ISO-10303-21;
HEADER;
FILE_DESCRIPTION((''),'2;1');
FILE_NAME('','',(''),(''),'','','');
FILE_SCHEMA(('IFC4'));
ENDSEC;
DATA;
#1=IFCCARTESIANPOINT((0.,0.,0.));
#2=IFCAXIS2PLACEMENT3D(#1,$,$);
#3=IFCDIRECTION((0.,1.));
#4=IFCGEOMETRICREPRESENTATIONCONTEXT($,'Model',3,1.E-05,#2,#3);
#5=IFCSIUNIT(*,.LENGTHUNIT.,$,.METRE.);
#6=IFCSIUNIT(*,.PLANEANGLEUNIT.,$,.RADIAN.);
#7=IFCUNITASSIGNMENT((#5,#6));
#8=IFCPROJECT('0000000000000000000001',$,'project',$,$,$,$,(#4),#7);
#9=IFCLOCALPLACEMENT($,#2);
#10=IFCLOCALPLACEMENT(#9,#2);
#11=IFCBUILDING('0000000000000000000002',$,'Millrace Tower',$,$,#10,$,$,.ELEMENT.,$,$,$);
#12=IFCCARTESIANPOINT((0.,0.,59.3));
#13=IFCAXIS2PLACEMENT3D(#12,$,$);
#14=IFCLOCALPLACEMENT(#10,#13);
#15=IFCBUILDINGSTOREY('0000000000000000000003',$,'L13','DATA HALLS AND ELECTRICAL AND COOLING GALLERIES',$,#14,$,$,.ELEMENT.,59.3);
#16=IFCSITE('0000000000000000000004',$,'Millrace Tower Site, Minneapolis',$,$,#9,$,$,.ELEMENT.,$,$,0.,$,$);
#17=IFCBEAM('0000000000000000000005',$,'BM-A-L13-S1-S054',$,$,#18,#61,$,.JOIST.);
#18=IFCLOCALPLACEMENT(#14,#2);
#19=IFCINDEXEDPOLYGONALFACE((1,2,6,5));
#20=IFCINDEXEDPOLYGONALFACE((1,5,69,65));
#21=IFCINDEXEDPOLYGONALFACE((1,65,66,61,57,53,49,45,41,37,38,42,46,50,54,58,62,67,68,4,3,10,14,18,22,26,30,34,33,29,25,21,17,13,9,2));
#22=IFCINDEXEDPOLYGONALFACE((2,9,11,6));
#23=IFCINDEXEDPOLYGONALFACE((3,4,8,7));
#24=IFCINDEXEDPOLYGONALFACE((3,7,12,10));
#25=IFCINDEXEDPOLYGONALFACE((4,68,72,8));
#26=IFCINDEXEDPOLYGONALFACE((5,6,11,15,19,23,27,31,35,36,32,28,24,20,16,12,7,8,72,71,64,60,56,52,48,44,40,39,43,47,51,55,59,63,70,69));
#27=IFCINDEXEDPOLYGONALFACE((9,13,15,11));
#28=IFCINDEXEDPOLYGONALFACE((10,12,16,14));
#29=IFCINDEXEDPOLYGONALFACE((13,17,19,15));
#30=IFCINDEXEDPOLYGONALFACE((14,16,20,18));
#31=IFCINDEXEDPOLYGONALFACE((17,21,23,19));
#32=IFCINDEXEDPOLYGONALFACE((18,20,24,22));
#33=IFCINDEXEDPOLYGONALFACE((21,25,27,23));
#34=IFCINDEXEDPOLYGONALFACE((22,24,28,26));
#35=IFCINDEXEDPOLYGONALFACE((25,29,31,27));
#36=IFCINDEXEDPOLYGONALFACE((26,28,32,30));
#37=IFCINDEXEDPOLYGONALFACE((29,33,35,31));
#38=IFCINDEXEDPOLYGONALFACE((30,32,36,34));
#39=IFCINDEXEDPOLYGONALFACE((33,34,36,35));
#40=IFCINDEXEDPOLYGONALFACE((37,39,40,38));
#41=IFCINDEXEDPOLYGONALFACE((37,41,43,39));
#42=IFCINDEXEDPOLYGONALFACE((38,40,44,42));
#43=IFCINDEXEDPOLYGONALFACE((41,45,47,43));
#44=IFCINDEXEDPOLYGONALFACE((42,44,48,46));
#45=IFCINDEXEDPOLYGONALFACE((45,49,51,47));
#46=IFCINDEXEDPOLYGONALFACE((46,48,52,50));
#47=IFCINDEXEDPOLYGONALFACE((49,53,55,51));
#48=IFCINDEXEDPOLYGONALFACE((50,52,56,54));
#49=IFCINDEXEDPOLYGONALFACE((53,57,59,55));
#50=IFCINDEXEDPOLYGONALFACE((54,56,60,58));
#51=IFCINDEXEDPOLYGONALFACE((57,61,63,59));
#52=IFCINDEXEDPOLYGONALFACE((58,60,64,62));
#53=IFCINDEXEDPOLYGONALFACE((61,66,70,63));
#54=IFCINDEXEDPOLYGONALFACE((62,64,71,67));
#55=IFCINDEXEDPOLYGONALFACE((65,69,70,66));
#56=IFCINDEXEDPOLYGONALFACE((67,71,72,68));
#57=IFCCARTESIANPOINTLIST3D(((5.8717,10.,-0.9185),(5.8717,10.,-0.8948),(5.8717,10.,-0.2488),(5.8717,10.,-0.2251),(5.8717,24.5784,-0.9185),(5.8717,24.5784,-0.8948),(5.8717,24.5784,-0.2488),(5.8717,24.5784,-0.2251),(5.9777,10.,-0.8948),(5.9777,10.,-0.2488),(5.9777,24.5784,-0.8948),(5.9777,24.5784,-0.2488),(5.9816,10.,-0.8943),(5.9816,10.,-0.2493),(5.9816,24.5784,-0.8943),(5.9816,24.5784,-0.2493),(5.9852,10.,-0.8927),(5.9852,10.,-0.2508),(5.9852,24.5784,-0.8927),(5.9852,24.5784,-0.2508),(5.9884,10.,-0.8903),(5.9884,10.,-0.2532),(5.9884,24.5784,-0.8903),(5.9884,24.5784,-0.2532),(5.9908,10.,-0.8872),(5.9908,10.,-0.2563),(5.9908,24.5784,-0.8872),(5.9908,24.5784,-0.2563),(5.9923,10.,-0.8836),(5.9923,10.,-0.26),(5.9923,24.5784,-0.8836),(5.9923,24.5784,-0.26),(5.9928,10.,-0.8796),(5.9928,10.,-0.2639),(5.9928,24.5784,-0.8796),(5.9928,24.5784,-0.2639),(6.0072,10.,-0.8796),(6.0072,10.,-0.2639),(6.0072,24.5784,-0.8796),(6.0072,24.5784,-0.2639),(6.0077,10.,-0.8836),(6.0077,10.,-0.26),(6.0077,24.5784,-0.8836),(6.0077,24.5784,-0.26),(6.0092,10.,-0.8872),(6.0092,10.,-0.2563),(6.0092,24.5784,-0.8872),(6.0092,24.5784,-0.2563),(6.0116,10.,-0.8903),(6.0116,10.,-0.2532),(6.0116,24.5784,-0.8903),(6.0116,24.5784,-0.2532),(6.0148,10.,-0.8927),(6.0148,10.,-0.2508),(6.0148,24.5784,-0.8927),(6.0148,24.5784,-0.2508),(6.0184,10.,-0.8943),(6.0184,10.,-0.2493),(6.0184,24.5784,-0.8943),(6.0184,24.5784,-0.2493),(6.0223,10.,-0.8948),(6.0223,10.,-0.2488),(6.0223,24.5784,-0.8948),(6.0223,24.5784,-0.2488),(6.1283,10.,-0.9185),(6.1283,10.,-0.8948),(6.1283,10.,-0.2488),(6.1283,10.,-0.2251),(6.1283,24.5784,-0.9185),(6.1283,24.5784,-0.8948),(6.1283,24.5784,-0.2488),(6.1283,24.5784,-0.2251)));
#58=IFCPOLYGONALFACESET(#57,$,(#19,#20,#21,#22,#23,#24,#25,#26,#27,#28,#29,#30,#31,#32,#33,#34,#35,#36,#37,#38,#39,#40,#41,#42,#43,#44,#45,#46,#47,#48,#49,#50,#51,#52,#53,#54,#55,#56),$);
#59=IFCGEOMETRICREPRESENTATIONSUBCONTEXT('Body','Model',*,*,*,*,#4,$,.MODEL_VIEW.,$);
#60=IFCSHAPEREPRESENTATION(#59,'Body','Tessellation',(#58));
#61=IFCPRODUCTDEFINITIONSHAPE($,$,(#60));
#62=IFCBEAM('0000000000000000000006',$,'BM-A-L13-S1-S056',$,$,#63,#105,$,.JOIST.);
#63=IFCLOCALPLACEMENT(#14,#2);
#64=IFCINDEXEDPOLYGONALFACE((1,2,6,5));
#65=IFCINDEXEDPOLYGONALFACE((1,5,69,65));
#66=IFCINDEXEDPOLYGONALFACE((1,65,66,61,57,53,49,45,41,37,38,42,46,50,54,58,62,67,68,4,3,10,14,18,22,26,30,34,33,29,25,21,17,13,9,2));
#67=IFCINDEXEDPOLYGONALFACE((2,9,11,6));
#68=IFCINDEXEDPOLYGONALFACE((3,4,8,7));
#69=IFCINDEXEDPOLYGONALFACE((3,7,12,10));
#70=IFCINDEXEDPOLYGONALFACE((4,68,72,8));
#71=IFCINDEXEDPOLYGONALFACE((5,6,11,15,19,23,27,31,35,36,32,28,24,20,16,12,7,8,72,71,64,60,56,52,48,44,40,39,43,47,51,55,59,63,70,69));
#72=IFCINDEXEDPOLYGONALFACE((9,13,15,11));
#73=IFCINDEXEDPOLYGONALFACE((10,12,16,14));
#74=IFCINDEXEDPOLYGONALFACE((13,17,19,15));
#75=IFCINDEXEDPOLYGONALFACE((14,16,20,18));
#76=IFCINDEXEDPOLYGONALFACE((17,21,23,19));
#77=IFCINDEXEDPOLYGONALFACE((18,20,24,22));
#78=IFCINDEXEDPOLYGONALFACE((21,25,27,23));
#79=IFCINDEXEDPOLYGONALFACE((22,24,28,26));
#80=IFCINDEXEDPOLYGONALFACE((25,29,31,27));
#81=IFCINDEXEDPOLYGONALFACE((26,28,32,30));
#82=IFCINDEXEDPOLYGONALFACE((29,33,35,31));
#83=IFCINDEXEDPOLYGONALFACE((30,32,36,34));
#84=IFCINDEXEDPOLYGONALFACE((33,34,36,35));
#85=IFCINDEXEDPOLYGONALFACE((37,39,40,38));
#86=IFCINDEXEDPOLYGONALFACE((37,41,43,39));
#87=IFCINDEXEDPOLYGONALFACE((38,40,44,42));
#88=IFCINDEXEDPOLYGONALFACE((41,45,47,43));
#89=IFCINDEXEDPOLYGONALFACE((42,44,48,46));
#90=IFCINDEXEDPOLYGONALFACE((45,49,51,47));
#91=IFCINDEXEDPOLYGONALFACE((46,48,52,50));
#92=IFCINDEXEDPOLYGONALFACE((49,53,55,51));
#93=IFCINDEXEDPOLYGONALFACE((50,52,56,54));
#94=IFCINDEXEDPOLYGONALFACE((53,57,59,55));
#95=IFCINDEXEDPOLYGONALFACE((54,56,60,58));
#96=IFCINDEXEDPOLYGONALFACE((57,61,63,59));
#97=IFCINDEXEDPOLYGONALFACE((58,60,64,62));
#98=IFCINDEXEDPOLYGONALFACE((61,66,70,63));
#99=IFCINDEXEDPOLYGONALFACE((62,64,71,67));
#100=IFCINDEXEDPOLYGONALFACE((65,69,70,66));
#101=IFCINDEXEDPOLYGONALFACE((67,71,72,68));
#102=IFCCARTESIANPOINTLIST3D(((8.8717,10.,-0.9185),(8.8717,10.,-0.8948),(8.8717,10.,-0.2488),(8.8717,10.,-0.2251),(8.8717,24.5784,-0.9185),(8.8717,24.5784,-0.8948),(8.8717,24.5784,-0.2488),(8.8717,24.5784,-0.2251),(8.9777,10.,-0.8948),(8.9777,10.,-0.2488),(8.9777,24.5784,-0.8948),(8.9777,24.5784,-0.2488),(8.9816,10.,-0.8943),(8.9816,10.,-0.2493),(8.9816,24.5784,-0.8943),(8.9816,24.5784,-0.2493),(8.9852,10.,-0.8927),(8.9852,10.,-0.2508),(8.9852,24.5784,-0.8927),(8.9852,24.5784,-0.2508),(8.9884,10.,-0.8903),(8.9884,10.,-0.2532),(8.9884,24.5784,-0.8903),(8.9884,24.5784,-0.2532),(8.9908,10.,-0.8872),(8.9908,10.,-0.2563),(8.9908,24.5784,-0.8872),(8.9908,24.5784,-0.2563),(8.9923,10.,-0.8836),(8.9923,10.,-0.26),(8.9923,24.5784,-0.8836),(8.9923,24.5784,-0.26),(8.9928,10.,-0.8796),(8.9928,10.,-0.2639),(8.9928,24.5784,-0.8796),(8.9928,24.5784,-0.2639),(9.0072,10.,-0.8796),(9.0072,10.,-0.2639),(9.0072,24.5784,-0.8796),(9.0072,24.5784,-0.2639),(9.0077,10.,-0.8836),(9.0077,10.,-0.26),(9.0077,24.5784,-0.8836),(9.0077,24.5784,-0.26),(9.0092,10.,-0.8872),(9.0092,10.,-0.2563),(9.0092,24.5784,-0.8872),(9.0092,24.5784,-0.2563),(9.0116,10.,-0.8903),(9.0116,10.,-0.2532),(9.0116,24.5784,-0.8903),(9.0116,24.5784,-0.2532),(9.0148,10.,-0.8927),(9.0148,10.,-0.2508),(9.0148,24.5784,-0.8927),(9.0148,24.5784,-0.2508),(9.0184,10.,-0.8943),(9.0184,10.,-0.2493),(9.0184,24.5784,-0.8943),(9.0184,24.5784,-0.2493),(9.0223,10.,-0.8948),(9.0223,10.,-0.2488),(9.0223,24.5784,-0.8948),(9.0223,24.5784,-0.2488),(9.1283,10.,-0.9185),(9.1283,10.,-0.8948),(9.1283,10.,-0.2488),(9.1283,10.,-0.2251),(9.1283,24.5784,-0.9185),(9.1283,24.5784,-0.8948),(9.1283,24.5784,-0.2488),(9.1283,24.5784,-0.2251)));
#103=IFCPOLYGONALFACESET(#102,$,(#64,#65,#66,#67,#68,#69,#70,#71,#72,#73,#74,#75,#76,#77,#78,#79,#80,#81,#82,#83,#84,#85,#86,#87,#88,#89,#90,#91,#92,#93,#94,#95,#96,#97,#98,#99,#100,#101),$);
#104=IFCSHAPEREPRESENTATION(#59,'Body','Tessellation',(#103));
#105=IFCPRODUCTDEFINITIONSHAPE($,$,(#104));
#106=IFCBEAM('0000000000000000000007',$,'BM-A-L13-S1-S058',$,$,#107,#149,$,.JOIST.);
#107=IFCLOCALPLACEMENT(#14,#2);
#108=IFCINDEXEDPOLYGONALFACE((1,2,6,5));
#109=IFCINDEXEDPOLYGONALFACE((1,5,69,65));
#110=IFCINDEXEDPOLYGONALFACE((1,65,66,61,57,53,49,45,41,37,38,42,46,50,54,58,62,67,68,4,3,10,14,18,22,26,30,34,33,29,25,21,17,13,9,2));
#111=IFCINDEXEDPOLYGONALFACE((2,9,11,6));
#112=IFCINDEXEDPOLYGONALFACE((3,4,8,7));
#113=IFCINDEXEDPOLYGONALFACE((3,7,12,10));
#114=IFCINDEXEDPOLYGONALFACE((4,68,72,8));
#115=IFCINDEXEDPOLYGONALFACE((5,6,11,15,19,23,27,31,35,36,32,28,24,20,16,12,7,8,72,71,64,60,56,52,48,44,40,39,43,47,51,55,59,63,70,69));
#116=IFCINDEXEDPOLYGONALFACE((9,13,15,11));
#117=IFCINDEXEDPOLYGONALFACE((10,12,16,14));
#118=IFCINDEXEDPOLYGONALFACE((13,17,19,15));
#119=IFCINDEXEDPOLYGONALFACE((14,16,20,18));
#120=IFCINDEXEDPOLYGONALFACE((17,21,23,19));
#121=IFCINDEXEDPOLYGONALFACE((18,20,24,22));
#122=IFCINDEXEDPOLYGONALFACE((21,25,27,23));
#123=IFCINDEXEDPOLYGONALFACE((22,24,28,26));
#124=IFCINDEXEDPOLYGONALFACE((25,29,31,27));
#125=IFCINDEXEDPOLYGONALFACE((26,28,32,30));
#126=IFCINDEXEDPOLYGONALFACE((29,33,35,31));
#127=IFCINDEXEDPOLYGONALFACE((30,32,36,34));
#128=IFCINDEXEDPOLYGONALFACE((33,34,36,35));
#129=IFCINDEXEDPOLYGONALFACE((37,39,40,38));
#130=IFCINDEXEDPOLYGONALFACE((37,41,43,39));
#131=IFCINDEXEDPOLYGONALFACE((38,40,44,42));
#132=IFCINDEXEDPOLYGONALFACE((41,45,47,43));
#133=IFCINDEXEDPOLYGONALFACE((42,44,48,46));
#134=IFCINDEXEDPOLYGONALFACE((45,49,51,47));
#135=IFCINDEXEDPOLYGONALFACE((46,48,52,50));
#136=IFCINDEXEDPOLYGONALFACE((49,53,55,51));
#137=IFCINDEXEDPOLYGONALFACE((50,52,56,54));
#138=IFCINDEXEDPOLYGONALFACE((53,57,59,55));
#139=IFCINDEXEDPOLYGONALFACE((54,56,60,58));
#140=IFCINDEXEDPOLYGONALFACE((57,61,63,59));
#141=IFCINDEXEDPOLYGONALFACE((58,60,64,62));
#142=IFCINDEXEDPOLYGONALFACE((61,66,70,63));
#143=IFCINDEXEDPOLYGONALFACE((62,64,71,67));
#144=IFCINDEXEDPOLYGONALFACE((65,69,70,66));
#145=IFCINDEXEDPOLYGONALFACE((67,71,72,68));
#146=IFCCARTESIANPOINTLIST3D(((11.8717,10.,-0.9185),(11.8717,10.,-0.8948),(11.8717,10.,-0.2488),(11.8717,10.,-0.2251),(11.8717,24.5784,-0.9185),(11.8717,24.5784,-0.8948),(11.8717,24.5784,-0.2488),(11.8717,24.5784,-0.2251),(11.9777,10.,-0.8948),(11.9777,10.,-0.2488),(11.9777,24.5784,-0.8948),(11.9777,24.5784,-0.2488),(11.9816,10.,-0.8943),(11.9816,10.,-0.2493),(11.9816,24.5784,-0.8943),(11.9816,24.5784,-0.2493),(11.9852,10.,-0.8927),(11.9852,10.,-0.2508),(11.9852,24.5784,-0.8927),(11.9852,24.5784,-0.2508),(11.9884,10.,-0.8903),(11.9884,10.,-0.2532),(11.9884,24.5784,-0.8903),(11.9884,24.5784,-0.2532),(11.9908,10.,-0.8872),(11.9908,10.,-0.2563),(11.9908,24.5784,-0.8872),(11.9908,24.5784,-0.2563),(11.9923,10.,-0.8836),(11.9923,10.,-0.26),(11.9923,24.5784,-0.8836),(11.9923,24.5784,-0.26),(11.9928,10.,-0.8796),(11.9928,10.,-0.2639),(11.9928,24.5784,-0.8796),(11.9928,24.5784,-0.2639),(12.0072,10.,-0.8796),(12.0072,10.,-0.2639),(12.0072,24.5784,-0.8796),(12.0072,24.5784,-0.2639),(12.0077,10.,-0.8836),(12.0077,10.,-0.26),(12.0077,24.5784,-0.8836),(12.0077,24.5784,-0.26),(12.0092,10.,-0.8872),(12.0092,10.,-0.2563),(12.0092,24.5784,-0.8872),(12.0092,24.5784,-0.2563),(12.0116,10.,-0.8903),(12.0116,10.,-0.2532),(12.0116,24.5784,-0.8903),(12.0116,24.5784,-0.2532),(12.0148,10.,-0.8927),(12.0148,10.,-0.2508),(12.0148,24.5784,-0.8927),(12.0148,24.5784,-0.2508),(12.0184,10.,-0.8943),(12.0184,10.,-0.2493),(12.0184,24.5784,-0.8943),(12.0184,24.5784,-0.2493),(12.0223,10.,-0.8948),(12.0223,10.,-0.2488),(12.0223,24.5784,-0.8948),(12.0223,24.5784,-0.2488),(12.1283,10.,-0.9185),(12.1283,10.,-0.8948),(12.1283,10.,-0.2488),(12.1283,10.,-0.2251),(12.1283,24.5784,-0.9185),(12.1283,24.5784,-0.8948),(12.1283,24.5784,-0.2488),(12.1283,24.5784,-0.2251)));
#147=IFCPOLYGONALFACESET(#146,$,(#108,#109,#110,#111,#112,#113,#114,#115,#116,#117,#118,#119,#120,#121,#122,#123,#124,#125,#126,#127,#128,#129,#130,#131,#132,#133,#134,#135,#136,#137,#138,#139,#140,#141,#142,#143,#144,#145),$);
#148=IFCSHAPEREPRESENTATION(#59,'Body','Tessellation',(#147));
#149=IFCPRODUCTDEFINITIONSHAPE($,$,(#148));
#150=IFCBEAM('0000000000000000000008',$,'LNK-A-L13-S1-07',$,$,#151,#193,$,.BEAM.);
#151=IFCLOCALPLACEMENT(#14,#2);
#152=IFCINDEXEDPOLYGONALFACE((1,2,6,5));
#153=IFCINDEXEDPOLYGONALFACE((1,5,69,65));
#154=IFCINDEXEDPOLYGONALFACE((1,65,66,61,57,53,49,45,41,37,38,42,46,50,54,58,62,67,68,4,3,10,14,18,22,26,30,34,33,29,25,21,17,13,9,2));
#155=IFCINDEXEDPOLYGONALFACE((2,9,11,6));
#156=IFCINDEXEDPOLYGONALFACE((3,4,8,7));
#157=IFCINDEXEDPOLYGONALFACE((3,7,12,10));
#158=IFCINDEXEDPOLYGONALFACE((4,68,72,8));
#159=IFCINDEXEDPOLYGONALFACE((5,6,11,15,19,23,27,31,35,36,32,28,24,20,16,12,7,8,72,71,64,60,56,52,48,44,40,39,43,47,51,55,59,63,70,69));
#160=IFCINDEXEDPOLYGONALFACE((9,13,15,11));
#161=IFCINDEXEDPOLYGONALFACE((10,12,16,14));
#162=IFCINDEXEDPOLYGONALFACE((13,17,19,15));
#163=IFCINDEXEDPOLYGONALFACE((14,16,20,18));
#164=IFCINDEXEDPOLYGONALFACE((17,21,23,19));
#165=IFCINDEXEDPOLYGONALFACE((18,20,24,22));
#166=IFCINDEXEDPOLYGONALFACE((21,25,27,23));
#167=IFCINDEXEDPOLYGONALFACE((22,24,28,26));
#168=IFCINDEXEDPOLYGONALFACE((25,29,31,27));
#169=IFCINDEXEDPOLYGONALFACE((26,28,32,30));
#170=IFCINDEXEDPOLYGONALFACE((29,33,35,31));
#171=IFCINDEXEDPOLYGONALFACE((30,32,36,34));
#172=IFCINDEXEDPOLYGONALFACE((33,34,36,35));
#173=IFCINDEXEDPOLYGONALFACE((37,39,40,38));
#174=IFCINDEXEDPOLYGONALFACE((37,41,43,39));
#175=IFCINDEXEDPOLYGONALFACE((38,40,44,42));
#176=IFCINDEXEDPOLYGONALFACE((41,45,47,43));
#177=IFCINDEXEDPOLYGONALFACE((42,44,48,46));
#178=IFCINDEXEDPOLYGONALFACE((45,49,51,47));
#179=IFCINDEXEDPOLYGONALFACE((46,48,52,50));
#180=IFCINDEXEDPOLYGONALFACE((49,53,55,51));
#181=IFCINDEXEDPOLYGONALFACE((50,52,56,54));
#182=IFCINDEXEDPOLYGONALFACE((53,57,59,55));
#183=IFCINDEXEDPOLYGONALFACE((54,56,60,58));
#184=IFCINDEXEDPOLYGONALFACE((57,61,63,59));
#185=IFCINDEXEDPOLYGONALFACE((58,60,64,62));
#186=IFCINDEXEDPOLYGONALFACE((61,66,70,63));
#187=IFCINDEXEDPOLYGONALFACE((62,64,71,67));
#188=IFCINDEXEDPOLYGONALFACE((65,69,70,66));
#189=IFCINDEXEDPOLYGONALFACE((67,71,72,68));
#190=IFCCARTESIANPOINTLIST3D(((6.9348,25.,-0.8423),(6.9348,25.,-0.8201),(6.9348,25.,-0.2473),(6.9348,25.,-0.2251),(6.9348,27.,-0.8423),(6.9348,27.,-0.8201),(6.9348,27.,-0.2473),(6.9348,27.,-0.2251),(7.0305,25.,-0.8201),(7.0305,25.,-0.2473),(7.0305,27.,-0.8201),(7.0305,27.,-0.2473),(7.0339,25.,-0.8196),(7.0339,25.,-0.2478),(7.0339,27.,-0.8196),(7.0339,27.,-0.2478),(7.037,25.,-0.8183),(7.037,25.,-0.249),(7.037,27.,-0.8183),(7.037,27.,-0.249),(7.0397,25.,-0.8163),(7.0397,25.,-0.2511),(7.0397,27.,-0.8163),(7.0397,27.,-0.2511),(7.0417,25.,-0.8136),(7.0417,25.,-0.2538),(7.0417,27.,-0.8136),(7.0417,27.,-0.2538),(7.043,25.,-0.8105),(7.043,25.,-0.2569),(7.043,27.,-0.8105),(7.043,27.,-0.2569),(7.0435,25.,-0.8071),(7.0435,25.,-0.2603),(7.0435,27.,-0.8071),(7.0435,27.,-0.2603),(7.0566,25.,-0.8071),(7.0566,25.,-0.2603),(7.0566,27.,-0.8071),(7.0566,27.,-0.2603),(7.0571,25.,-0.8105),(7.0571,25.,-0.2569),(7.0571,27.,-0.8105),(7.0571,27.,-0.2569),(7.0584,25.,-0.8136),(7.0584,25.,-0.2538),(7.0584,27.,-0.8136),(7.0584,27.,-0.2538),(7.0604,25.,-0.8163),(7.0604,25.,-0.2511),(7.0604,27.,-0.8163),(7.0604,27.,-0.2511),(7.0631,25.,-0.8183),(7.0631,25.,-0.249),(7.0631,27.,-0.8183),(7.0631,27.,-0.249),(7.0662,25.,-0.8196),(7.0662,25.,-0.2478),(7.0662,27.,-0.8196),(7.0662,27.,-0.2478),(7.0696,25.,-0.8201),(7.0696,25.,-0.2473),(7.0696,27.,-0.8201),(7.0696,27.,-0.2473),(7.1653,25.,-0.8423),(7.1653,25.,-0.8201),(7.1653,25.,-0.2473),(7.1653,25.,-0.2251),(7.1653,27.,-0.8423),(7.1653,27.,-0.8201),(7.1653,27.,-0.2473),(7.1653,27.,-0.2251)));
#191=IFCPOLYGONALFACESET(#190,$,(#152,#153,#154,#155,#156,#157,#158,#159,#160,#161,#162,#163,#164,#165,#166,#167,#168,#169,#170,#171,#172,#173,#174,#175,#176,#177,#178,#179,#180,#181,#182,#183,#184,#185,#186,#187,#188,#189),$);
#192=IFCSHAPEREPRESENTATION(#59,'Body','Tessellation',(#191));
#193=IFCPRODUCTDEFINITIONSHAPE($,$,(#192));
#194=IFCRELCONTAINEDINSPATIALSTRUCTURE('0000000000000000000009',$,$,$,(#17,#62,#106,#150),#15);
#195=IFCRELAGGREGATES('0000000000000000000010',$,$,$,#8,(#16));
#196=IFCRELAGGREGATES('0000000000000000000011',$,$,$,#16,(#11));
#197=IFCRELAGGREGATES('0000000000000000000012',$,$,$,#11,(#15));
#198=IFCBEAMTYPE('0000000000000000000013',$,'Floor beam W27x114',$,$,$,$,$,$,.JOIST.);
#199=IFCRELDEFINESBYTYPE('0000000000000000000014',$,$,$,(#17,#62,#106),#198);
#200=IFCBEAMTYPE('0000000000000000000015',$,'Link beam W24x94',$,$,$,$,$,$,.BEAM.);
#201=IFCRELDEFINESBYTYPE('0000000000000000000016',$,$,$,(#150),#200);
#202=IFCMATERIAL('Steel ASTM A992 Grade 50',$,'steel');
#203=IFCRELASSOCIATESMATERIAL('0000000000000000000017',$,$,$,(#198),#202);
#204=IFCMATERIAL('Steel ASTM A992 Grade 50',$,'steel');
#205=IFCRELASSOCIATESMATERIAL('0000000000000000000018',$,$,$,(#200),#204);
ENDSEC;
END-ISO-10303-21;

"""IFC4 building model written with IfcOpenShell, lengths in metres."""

from ifc_helpers import new_model, si_unit, direction, frame, origin, origin_2d, place, context, subcontext, project, spatial, i_section, extrude, material, material_profile, profile_set, type_object, element, save


model = new_model("IFC4")

# Units and contexts
model_context = context("Model", 3, precision=1e-05, world=origin(), true_north=direction((0.0, 1.0)))
body_context = subcontext(model_context, "Body", "Model", "MODEL_VIEW")
ifc_project = project(units=[si_unit("LENGTHUNIT", "METRE"), si_unit("PLANEANGLEUNIT", "RADIAN")], contexts=[model_context])

# Site, building, storey
site_placement = place(None, origin())
site = spatial("IfcSite", under=ifc_project, at=site_placement, Name="Millrace Tower Site, Minneapolis", CompositionType="ELEMENT", RefElevation=0.0)
building_placement = place(site_placement, origin())
building = spatial("IfcBuilding", under=site, at=building_placement, Name="Millrace Tower", CompositionType="ELEMENT")
storey_placement = place(building_placement, frame((0.0, 0.0, 59.3)))
storey = spatial("IfcBuildingStorey", under=building, at=storey_placement, Name="L13", Description="DATA HALLS AND ELECTRICAL AND COOLING GALLERIES", CompositionType="ELEMENT", Elevation=59.3)

# Beams
ifc_material_1 = material(Name="Steel ASTM A992 Grade 50", Category="steel")
ifc_material_profile_1 = material_profile(ifc_material_1, i_section(OverallWidth=0.2566, OverallDepth=0.6934, WebThickness=0.0144, FlangeThickness=0.0237, FilletRadius=0.0151, at=origin_2d()))
ifc_profile_set_1 = profile_set([ifc_material_profile_1], Name="Steel ASTM A992 Grade 50")
beam_type_1 = type_object("IfcBeamType", Name="Floor beam W27x114", PredefinedType="JOIST", material=ifc_profile_set_1)
for number, where, z_axis, x_axis, name in (
    (1, (6.0, 10.0, -0.5718), (0.0, 1.0, 0.0), (-1.0, 0.0, 0.0), "BM-A-L13-S1-S054"),
    (2, (9.0, 10.0, -0.5718), (0.0, 1.0, 0.0), (-1.0, 0.0, 0.0), "BM-A-L13-S1-S056"),
    (3, (12.0, 10.0, -0.5718), (0.0, 1.0, 0.0), (-1.0, 0.0, 0.0), "BM-A-L13-S1-S058"),
):
    element("IfcBeam", number, at=place(storey_placement, frame(where, z_axis=z_axis, x_axis=x_axis)), inside=storey, type_object=beam_type_1, Name=name, PredefinedType="JOIST", context=body_context, shape_type="SweptSolid", body=[
        extrude(i_section(OverallWidth=0.2566, OverallDepth=0.6934, WebThickness=0.0144, FlangeThickness=0.0237, FilletRadius=0.0151, at=origin_2d()), origin(), (0.0, 0.0, 1.0), 14.5784),
    ])
ifc_material_2 = material(Name="Steel ASTM A992 Grade 50", Category="steel")
ifc_material_profile_2 = material_profile(ifc_material_2, i_section(OverallWidth=0.2305, OverallDepth=0.6172, WebThickness=0.0132, FlangeThickness=0.0222, FilletRadius=0.0129, at=origin_2d()))
ifc_profile_set_2 = profile_set([ifc_material_profile_2], Name="Steel ASTM A992 Grade 50")
beam_type_2 = type_object("IfcBeamType", Name="Link beam W24x94", PredefinedType="BEAM", material=ifc_profile_set_2)
beam_1_placement = place(storey_placement, frame((7.05, 25.0, -0.5337), z_axis=(0.0, 1.0, 0.0), x_axis=(-1.0, 0.0, 0.0)))
element("IfcBeam", 4, at=beam_1_placement, inside=storey, type_object=beam_type_2, Name="LNK-A-L13-S1-07", PredefinedType="BEAM", context=body_context, shape_type="SweptSolid", body=[
    extrude(i_section(OverallWidth=0.2305, OverallDepth=0.6172, WebThickness=0.0132, FlangeThickness=0.0222, FilletRadius=0.0129, at=origin_2d()), origin(), (0.0, 0.0, 1.0), 2.0),
])

save(model, "model.ifc")
